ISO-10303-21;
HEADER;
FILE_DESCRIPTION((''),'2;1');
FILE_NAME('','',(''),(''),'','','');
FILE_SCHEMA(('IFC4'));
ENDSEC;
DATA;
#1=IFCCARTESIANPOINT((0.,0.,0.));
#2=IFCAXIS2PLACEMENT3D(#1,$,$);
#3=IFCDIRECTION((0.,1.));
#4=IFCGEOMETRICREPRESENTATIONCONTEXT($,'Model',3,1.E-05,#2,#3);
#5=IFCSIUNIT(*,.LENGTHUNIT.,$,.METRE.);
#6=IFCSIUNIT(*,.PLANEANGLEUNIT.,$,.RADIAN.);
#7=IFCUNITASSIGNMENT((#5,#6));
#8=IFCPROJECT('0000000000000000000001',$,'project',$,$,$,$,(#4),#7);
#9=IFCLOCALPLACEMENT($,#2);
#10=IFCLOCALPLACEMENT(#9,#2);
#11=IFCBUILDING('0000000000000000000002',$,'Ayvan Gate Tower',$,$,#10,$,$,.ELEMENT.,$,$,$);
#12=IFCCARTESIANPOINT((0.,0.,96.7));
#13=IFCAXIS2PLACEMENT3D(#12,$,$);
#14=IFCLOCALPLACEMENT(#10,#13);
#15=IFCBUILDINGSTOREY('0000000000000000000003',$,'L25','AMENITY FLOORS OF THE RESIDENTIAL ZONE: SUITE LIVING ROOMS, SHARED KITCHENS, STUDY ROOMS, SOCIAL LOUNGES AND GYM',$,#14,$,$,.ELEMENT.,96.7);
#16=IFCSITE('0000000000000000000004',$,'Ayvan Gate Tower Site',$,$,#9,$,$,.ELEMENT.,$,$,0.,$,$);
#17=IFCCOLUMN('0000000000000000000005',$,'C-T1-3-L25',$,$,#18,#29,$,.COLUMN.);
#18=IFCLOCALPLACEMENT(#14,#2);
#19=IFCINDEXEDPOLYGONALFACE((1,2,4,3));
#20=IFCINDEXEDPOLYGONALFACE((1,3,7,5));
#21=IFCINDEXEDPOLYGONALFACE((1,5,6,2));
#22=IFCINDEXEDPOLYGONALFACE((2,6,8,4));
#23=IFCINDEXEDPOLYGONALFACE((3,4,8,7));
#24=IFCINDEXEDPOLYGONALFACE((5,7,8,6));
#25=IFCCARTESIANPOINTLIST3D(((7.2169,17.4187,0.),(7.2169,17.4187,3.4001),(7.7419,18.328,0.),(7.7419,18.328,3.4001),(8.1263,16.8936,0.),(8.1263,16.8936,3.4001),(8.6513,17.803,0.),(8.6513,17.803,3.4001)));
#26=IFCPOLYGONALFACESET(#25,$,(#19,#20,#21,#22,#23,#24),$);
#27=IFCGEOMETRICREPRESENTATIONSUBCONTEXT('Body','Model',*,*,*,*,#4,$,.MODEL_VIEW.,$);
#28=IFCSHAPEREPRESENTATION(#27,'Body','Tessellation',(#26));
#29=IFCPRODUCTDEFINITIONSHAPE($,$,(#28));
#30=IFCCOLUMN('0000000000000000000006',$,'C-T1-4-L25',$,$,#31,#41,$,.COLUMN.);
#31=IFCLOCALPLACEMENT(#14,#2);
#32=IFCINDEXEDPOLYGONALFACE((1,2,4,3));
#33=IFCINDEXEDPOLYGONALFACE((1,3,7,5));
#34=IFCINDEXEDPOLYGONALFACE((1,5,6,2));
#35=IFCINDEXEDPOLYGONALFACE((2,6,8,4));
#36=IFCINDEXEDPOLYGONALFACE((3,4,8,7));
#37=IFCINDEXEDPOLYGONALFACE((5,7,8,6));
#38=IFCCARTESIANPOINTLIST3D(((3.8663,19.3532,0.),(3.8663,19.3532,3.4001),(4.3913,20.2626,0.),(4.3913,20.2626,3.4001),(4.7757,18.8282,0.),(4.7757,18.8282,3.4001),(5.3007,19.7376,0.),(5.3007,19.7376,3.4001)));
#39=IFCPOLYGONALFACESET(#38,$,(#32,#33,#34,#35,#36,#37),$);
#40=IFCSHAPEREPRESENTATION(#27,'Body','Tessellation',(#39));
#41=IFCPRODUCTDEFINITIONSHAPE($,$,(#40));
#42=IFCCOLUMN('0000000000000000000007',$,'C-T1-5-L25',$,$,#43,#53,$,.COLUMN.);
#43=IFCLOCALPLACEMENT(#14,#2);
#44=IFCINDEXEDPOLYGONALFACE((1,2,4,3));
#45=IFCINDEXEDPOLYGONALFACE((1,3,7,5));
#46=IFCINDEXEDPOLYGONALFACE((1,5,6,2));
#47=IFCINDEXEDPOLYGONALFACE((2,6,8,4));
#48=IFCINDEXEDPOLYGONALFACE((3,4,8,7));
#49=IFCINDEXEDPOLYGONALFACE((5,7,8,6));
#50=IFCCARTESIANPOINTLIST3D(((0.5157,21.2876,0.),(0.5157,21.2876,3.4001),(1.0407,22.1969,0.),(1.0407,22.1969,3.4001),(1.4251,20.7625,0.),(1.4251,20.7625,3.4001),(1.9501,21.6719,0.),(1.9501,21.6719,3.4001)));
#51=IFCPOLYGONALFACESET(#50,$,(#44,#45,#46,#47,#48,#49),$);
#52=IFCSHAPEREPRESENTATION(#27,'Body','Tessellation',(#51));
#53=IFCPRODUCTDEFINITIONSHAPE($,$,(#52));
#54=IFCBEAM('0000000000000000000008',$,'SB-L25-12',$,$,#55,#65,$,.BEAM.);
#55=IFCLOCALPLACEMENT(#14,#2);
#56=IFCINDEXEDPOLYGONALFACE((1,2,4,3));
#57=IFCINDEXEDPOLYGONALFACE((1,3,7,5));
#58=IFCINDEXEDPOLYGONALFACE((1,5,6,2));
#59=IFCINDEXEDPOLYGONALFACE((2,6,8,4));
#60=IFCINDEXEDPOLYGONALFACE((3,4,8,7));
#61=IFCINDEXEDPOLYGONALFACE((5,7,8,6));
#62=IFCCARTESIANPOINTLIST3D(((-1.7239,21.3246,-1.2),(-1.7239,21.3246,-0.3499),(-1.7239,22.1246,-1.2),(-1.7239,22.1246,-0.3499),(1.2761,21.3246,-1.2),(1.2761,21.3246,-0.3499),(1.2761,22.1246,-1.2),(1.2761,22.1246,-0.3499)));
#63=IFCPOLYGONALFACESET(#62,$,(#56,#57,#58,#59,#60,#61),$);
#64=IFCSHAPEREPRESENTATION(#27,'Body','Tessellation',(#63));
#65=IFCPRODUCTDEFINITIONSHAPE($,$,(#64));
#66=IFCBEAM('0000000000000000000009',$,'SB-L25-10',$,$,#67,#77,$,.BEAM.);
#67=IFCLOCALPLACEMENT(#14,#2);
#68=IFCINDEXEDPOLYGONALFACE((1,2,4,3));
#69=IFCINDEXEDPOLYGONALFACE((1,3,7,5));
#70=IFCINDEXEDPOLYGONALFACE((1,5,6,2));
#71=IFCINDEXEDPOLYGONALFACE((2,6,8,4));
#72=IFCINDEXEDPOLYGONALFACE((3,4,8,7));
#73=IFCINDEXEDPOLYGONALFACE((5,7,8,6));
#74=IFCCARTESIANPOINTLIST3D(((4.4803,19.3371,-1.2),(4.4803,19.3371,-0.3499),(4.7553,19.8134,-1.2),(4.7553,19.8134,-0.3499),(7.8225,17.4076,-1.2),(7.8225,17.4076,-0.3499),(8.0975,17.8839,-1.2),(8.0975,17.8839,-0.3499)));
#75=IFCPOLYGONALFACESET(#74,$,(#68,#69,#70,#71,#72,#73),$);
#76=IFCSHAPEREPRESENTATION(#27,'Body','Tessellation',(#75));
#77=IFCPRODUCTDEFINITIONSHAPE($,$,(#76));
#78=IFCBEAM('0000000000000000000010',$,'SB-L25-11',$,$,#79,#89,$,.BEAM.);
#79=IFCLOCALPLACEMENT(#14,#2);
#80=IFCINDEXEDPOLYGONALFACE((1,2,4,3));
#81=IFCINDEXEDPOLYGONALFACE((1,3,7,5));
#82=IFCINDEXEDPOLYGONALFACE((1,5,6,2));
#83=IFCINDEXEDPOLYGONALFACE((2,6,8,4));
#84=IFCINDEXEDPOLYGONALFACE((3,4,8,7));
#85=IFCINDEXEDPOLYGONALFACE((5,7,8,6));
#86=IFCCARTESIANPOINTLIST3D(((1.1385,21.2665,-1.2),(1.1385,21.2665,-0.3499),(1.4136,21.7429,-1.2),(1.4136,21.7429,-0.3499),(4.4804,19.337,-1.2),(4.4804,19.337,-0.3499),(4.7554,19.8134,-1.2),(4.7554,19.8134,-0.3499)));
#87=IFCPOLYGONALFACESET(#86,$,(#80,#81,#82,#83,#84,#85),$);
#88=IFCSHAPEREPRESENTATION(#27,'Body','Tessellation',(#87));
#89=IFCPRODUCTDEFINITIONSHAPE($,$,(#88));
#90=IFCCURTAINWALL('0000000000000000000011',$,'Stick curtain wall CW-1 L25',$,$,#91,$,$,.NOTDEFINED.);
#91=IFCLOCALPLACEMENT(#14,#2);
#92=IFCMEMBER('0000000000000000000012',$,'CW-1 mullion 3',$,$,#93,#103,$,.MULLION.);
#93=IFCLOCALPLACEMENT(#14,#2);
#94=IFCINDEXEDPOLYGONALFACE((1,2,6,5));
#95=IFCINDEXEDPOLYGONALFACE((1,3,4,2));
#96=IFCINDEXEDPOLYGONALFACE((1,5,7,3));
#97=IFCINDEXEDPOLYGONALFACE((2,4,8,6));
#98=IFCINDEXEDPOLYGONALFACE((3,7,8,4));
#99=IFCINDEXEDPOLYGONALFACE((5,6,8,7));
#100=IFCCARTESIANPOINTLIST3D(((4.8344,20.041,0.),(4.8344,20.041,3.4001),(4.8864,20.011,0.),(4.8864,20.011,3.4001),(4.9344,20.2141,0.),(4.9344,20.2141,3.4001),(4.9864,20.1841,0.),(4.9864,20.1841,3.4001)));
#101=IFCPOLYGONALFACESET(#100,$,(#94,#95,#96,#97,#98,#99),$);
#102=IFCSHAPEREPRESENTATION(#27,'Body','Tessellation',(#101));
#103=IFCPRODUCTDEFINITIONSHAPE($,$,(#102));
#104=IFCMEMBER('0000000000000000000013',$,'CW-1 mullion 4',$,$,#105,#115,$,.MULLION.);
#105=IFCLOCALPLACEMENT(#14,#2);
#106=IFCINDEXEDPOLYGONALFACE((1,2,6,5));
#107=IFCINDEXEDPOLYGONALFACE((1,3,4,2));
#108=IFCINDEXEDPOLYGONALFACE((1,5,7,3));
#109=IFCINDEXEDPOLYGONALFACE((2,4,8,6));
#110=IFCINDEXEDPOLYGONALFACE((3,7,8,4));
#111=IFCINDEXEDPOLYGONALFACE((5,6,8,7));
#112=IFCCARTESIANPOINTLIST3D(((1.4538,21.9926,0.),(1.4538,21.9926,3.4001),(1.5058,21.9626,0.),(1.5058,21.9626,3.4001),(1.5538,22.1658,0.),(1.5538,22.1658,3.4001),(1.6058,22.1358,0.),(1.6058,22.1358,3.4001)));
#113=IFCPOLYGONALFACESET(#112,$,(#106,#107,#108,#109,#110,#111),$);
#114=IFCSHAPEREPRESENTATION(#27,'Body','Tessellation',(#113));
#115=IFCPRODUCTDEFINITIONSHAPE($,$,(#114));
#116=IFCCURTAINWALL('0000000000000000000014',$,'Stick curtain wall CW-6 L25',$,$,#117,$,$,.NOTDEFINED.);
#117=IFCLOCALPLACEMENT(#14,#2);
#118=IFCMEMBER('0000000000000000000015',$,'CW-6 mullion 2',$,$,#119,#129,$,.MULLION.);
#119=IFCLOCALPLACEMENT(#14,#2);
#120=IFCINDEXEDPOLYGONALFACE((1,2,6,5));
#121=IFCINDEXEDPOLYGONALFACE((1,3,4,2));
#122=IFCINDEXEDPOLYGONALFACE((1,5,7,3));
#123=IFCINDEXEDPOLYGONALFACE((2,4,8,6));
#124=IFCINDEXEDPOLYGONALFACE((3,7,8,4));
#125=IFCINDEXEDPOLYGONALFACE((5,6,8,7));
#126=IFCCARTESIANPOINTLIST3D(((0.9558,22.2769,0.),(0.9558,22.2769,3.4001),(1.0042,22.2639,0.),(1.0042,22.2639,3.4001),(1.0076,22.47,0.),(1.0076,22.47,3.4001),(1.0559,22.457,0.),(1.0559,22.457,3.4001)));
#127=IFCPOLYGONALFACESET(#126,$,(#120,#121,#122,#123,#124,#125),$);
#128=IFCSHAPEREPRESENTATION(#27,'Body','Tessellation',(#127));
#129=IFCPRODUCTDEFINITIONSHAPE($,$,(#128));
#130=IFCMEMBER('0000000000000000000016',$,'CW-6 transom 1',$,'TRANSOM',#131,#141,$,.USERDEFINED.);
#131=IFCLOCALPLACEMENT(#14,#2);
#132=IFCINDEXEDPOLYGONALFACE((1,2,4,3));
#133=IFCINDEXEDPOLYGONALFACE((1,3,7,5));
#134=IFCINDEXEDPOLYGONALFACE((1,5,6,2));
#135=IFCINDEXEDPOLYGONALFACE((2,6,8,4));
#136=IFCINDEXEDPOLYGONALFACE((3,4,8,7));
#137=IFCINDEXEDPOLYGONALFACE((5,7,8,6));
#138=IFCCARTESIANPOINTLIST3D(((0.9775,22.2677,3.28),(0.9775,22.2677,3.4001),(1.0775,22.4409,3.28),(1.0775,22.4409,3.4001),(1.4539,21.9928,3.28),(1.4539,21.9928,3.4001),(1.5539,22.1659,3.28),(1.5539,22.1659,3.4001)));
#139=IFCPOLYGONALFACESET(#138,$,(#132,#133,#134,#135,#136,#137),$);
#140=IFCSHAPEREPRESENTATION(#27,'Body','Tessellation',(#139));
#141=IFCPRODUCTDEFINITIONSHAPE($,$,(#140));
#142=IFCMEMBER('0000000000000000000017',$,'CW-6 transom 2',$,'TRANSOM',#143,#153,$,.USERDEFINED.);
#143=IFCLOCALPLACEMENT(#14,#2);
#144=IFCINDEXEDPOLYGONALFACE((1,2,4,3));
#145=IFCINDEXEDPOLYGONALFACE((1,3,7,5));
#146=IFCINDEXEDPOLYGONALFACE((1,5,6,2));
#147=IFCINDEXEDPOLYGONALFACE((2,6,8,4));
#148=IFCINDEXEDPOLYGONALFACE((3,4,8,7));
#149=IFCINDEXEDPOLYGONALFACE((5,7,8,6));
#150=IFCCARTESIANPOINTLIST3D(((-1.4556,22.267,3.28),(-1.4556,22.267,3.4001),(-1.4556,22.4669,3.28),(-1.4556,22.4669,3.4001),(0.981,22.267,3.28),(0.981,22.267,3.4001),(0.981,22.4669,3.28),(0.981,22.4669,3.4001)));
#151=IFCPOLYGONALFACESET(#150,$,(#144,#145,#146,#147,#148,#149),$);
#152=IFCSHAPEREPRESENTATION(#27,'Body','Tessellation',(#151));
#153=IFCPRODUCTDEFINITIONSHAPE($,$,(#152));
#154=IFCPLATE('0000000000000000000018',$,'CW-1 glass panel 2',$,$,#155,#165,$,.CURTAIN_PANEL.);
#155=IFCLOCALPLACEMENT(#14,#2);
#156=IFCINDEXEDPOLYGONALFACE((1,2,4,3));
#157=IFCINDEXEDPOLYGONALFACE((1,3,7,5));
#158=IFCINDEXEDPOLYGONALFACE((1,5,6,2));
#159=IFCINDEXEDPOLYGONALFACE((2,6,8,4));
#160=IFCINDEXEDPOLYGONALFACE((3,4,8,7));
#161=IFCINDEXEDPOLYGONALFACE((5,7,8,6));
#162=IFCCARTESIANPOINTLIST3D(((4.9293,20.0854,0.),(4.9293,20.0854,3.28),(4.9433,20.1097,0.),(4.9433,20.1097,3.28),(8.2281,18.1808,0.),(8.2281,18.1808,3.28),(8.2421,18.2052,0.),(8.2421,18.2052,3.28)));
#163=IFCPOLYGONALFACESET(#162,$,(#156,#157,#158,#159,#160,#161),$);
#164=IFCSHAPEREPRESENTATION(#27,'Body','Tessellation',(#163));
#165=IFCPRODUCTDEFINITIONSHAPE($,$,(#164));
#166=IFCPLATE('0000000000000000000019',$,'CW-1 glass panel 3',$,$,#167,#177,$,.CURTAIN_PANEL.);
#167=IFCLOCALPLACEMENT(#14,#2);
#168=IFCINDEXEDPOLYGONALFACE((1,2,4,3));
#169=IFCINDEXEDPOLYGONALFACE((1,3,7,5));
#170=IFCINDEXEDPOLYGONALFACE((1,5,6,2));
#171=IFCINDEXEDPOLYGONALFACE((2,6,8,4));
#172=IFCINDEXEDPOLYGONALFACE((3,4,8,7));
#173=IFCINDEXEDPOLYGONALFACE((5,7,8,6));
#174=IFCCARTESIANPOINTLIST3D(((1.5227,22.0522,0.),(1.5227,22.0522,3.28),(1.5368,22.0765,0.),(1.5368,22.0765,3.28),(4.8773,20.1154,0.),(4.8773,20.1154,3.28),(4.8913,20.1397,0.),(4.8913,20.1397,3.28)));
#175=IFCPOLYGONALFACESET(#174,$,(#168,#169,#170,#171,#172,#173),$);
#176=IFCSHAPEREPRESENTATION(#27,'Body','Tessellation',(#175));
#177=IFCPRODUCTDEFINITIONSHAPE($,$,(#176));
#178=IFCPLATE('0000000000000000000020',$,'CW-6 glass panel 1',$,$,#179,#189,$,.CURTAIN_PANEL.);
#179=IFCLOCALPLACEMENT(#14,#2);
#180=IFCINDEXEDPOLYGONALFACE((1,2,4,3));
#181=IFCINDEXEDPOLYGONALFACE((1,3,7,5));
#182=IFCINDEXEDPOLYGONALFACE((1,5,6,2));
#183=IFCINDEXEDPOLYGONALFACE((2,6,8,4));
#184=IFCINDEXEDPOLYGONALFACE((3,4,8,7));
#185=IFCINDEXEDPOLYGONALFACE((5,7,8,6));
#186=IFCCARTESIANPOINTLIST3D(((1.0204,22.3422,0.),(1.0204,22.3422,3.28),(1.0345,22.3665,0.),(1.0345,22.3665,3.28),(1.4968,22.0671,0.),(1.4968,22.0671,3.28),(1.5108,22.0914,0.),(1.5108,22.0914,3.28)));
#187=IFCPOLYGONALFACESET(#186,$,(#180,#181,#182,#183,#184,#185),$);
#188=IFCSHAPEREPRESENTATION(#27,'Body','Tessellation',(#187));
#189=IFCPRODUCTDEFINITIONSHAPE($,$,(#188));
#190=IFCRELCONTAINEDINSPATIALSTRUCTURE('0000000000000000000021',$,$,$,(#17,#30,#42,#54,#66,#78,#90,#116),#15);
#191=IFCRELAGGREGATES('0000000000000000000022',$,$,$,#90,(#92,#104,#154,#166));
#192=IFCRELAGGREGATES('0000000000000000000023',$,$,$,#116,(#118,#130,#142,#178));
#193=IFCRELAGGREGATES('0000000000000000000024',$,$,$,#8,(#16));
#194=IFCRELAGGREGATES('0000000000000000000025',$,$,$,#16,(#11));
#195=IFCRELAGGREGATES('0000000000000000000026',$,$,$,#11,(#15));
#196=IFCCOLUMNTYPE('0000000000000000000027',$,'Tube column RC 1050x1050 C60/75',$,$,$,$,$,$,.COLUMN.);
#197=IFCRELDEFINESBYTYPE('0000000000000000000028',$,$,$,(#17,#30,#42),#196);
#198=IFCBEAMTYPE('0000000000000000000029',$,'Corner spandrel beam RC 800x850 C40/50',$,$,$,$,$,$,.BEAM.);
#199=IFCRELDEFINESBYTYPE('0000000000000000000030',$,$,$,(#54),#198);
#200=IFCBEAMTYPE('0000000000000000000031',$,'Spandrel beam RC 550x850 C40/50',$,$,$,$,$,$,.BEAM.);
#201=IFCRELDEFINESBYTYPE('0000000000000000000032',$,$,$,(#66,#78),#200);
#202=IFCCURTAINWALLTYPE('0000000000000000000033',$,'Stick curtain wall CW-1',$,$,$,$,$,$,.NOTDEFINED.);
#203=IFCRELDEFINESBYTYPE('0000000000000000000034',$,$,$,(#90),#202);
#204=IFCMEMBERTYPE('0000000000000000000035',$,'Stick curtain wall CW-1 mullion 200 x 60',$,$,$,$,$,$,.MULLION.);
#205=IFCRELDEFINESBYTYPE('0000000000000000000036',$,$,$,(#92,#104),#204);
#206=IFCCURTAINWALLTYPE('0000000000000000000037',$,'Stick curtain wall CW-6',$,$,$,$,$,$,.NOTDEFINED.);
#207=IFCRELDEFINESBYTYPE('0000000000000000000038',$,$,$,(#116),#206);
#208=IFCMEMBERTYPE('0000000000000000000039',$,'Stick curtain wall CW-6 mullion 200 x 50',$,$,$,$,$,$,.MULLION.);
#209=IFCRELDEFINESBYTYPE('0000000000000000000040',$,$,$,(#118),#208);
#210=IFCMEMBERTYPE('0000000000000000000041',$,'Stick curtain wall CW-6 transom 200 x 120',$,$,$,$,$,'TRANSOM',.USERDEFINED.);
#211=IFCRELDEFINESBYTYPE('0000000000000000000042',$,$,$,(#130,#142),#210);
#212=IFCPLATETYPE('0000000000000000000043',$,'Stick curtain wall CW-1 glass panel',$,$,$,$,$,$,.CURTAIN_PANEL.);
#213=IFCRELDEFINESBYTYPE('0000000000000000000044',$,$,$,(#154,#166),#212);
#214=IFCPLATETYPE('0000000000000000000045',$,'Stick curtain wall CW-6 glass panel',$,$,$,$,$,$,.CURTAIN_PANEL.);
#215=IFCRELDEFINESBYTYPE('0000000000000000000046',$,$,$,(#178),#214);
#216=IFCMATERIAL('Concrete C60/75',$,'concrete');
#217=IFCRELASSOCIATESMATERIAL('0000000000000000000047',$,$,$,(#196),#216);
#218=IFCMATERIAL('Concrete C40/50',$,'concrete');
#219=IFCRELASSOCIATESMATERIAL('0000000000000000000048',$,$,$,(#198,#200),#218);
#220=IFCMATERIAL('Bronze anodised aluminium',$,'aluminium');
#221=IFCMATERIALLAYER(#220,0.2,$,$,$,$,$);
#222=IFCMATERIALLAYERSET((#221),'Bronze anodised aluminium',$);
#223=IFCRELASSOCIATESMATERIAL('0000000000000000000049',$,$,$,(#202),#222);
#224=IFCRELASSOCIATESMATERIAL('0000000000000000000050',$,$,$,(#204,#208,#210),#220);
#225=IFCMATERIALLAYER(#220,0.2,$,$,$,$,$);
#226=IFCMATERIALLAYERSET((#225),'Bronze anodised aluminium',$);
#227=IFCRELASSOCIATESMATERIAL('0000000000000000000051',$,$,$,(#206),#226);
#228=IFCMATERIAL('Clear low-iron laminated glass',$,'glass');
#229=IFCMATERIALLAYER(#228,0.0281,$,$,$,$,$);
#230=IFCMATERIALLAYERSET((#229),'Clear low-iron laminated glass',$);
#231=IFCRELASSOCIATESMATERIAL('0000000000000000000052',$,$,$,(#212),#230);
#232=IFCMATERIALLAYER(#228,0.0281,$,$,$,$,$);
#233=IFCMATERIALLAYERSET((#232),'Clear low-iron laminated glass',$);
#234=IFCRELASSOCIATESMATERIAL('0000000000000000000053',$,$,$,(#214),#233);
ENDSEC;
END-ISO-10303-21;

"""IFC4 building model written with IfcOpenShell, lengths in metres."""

from ifc_helpers import new_model, si_unit, direction, frame, origin, origin_2d, place, context, subcontext, project, spatial, rectangle, extrude, material, layer, layer_set, material_profile, profile_set, type_object, element, aggregate, save


model = new_model("IFC4")

# Units and contexts
model_context = context("Model", 3, precision=1e-05, world=origin(), true_north=direction((0.0, 1.0)))
body_context = subcontext(model_context, "Body", "Model", "MODEL_VIEW")
ifc_project = project(units=[si_unit("LENGTHUNIT", "METRE"), si_unit("PLANEANGLEUNIT", "RADIAN")], contexts=[model_context])

# Site, building, storey
site_placement = place(None, origin())
site = spatial("IfcSite", under=ifc_project, at=site_placement, Name="Ayvan Gate Tower Site", CompositionType="ELEMENT", RefElevation=0.0)
building_placement = place(site_placement, origin())
building = spatial("IfcBuilding", under=site, at=building_placement, Name="Ayvan Gate Tower", CompositionType="ELEMENT")
storey_placement = place(building_placement, frame((0.0, 0.0, 96.7)))
storey = spatial("IfcBuildingStorey", under=building, at=storey_placement, Name="L25", Description="AMENITY FLOORS OF THE RESIDENTIAL ZONE: SUITE LIVING ROOMS, SHARED KITCHENS, STUDY ROOMS, SOCIAL LOUNGES AND GYM", CompositionType="ELEMENT", Elevation=96.7)

# Columns
ifc_material_1 = material(Name="Concrete C60/75", Category="concrete")
ifc_material_profile_1 = material_profile(ifc_material_1, rectangle(XDim=1.05, YDim=1.05, at=origin_2d()), Name="RC 1050x1050")
ifc_profile_set_1 = profile_set([ifc_material_profile_1], Name="Concrete C60/75")
column_type = type_object("IfcColumnType", Name="Tube column RC 1050x1050 C60/75", PredefinedType="COLUMN", material=ifc_profile_set_1)
for number, where, z_axis, x_axis, name in (
    (1, (7.9341, 17.6108, 0.0), (0.0, 0.0, 1.0), (0.5, 0.866025, 0.0), "C-T1-3-L25"),
    (2, (4.5835, 19.5454, 0.0), (0.0, 0.0, 1.0), (0.5, 0.866025, 0.0), "C-T1-4-L25"),
    (3, (1.2329, 21.4797, 0.0), (0.0, 0.0, 1.0), (0.5, 0.866025, 0.0), "C-T1-5-L25"),
):
    element("IfcColumn", number, at=place(storey_placement, frame(where, z_axis=z_axis, x_axis=x_axis)), inside=storey, type_object=column_type, Name=name, PredefinedType="COLUMN", context=body_context, shape_type="SweptSolid", body=[
        extrude(rectangle(XDim=1.05, YDim=1.05, at=origin_2d()), origin(), (0.0, 0.0, 1.0), 3.4001),
    ])

# Beams
ifc_material_2 = material(Name="Concrete C40/50", Category="concrete")
ifc_material_profile_2 = material_profile(ifc_material_2, rectangle(XDim=0.8, YDim=0.8501, at=origin_2d()), Name="RC 800x850")
ifc_profile_set_2 = profile_set([ifc_material_profile_2], Name="Concrete C40/50")
beam_type_1 = type_object("IfcBeamType", Name="Corner spandrel beam RC 800x850 C40/50", PredefinedType="BEAM", material=ifc_profile_set_2)
beam_1_placement = place(storey_placement, frame((1.2761, 21.7246, -0.7749), z_axis=(-1.0, 0.0, 0.0), x_axis=(0.0, -1.0, 0.0)))
element("IfcBeam", 4, at=beam_1_placement, inside=storey, type_object=beam_type_1, Name="SB-L25-12", PredefinedType="BEAM", context=body_context, shape_type="SweptSolid", body=[
    extrude(rectangle(XDim=0.8, YDim=0.8501, at=origin_2d()), origin(), (0.0, 0.0, 1.0), 3.0),
])
ifc_material_profile_3 = material_profile(ifc_material_2, rectangle(XDim=0.55, YDim=0.8501, at=origin_2d()), Name="RC 550x850")
ifc_profile_set_3 = profile_set([ifc_material_profile_3], Name="Concrete C40/50")
beam_type_2 = type_object("IfcBeamType", Name="Spandrel beam RC 550x850 C40/50", PredefinedType="BEAM", material=ifc_profile_set_3)
beam_2_placement = place(storey_placement, frame((7.96, 17.6458, -0.7749), z_axis=(-0.866035, 0.499983, 0.0), x_axis=(-0.499983, -0.866035, 0.0)))
element("IfcBeam", 5, at=beam_2_placement, inside=storey, type_object=beam_type_2, Name="SB-L25-10", PredefinedType="BEAM", context=body_context, shape_type="SweptSolid", body=[
    extrude(rectangle(XDim=0.55, YDim=0.8501, at=origin_2d()), origin(), (0.0, 0.0, 1.0), 3.8591),
])
beam_3_placement = place(storey_placement, frame((4.6179, 19.5752, -0.7749), z_axis=(-0.866019, 0.500011, 0.0), x_axis=(-0.500011, -0.866019, 0.0)))
element("IfcBeam", 6, at=beam_3_placement, inside=storey, type_object=beam_type_2, Name="SB-L25-11", PredefinedType="BEAM", context=body_context, shape_type="SweptSolid", body=[
    extrude(rectangle(XDim=0.55, YDim=0.8501, at=origin_2d()), origin(), (0.0, 0.0, 1.0), 3.8589),
])

# Curtain walls, members
ifc_material_3 = material(Name="Bronze anodised aluminium", Category="aluminium")
ifc_layer_1 = layer(ifc_material_3, 0.2)
ifc_layer_set_1 = layer_set([ifc_layer_1], Name="Bronze anodised aluminium")
curtain_wall_type_1 = type_object("IfcCurtainWallType", Name="Stick curtain wall CW-1", PredefinedType="NOTDEFINED", material=ifc_layer_set_1)
curtain_wall_1_placement = place(storey_placement, origin())
curtain_wall_1 = element("IfcCurtainWall", 7, at=curtain_wall_1_placement, inside=storey, type_object=curtain_wall_type_1, Name="Stick curtain wall CW-1 L25", PredefinedType="NOTDEFINED")
ifc_material_profile_4 = material_profile(ifc_material_3, rectangle(XDim=0.2, YDim=0.0601, at=origin_2d()), Name="Stick curtain wall CW-1 mullion 200 x 60")
ifc_profile_set_4 = profile_set([ifc_material_profile_4], Name="Bronze anodised aluminium")
member_type_1 = type_object("IfcMemberType", Name="Stick curtain wall CW-1 mullion 200 x 60", PredefinedType="MULLION", material=ifc_profile_set_4)
member_1_placement = place(storey_placement, frame((4.9104, 20.1125, 0.0), z_axis=(0.0, 0.0, 1.0), x_axis=(0.5, 0.866025, 0.0)))
member_1 = element("IfcMember", 8, at=member_1_placement, type_object=member_type_1, Name="CW-1 mullion 3", PredefinedType="MULLION", context=body_context, shape_type="SweptSolid", body=[
    extrude(rectangle(XDim=0.2, YDim=0.0601, at=origin_2d()), origin(), (0.0, 0.0, 1.0), 3.4001),
])
member_2_placement = place(storey_placement, frame((1.5298, 22.0642, 0.0), z_axis=(0.0, 0.0, 1.0), x_axis=(0.5, 0.866025, 0.0)))
member_2 = element("IfcMember", 9, at=member_2_placement, type_object=member_type_1, Name="CW-1 mullion 4", PredefinedType="MULLION", context=body_context, shape_type="SweptSolid", body=[
    extrude(rectangle(XDim=0.2, YDim=0.0601, at=origin_2d()), origin(), (0.0, 0.0, 1.0), 3.4001),
])
ifc_layer_2 = layer(ifc_material_3, 0.2)
ifc_layer_set_2 = layer_set([ifc_layer_2], Name="Bronze anodised aluminium")
curtain_wall_type_2 = type_object("IfcCurtainWallType", Name="Stick curtain wall CW-6", PredefinedType="NOTDEFINED", material=ifc_layer_set_2)
curtain_wall_2_placement = place(storey_placement, origin())
curtain_wall_2 = element("IfcCurtainWall", 10, at=curtain_wall_2_placement, inside=storey, type_object=curtain_wall_type_2, Name="Stick curtain wall CW-6 L25", PredefinedType="NOTDEFINED")
ifc_material_profile_5 = material_profile(ifc_material_3, rectangle(XDim=0.2, YDim=0.05, at=origin_2d()), Name="Stick curtain wall CW-6 mullion 200 x 50")
ifc_profile_set_5 = profile_set([ifc_material_profile_5], Name="Bronze anodised aluminium")
member_type_2 = type_object("IfcMemberType", Name="Stick curtain wall CW-6 mullion 200 x 50", PredefinedType="MULLION", material=ifc_profile_set_5)
member_3_placement = place(storey_placement, frame((1.0059, 22.3669, 0.0), z_axis=(0.0, 0.0, 1.0), x_axis=(0.258819, 0.965926, 0.0)))
member_3 = element("IfcMember", 11, at=member_3_placement, type_object=member_type_2, Name="CW-6 mullion 2", PredefinedType="MULLION", context=body_context, shape_type="SweptSolid", body=[
    extrude(rectangle(XDim=0.2, YDim=0.05, at=origin_2d()), origin(), (0.0, 0.0, 1.0), 3.4001),
])
ifc_material_profile_6 = material_profile(ifc_material_3, rectangle(XDim=0.2, YDim=0.1201, at=origin_2d()), Name="Stick curtain wall CW-6 transom 200 x 120")
ifc_profile_set_6 = profile_set([ifc_material_profile_6], Name="Bronze anodised aluminium")
member_type_3 = type_object("IfcMemberType", Name="Stick curtain wall CW-6 transom 200 x 120", ElementType="TRANSOM", PredefinedType="USERDEFINED", material=ifc_profile_set_6)
member_4_placement = place(storey_placement, frame((1.5039, 22.0793, 3.3401), z_axis=(-0.866104, 0.499863, 0.0), x_axis=(-0.499863, -0.866104, 0.0)))
member_4 = element("IfcMember", 12, at=member_4_placement, type_object=member_type_3, Name="CW-6 transom 1", ObjectType="TRANSOM", PredefinedType="USERDEFINED", context=body_context, shape_type="SweptSolid", body=[
    extrude(rectangle(XDim=0.2, YDim=0.1201, at=origin_2d()), origin(), (0.0, 0.0, 1.0), 0.55),
])
member_5_placement = place(storey_placement, frame((0.981, 22.3669, 3.3401), z_axis=(-1.0, 0.0, 0.0), x_axis=(0.0, -1.0, 0.0)))
member_5 = element("IfcMember", 13, at=member_5_placement, type_object=member_type_3, Name="CW-6 transom 2", ObjectType="TRANSOM", PredefinedType="USERDEFINED", context=body_context, shape_type="SweptSolid", body=[
    extrude(rectangle(XDim=0.2, YDim=0.1201, at=origin_2d()), origin(), (0.0, 0.0, 1.0), 2.4365),
])

# Plates
ifc_material_4 = material(Name="Clear low-iron laminated glass", Category="glass")
ifc_layer_3 = layer(ifc_material_4, 0.0281)
ifc_layer_set_3 = layer_set([ifc_layer_3], Name="Clear low-iron laminated glass")
plate_type_1 = type_object("IfcPlateType", Name="Stick curtain wall CW-1 glass panel", PredefinedType="CURTAIN_PANEL", material=ifc_layer_set_3)
plate_1_placement = place(storey_placement, frame((6.5857, 19.1453, 0.0), z_axis=(0.0, 0.0, 1.0), x_axis=(-0.866025, 0.5, 0.0)))
plate_1 = element("IfcPlate", 14, at=plate_1_placement, type_object=plate_type_1, Name="CW-1 glass panel 2", PredefinedType="CURTAIN_PANEL", context=body_context, shape_type="SweptSolid", body=[
    extrude(rectangle(XDim=3.8091, YDim=0.0281, at=origin_2d()), origin(), (0.0, 0.0, 1.0), 3.28),
])
plate_2_placement = place(storey_placement, frame((3.207, 21.0959, 0.0), z_axis=(0.0, 0.0, 1.0), x_axis=(-0.866025, 0.5, 0.0)))
plate_2 = element("IfcPlate", 15, at=plate_2_placement, type_object=plate_type_1, Name="CW-1 glass panel 3", PredefinedType="CURTAIN_PANEL", context=body_context, shape_type="SweptSolid", body=[
    extrude(rectangle(XDim=3.8735, YDim=0.0281, at=origin_2d()), origin(), (0.0, 0.0, 1.0), 3.28),
])
aggregate(curtain_wall_1, [member_1, member_2, plate_1, plate_2])
ifc_layer_4 = layer(ifc_material_4, 0.0281)
ifc_layer_set_4 = layer_set([ifc_layer_4], Name="Clear low-iron laminated glass")
plate_type_2 = type_object("IfcPlateType", Name="Stick curtain wall CW-6 glass panel", PredefinedType="CURTAIN_PANEL", material=ifc_layer_set_4)
plate_3_placement = place(storey_placement, frame((1.2656, 22.2168, 0.0), z_axis=(0.0, 0.0, 1.0), x_axis=(-0.866025, 0.5, 0.0)))
plate_3 = element("IfcPlate", 16, at=plate_3_placement, type_object=plate_type_2, Name="CW-6 glass panel 1", PredefinedType="CURTAIN_PANEL", context=body_context, shape_type="SweptSolid", body=[
    extrude(rectangle(XDim=0.55, YDim=0.0281, at=origin_2d()), origin(), (0.0, 0.0, 1.0), 3.28),
])
aggregate(curtain_wall_2, [member_3, member_4, member_5, plate_3])

save(model, "model.ifc")
